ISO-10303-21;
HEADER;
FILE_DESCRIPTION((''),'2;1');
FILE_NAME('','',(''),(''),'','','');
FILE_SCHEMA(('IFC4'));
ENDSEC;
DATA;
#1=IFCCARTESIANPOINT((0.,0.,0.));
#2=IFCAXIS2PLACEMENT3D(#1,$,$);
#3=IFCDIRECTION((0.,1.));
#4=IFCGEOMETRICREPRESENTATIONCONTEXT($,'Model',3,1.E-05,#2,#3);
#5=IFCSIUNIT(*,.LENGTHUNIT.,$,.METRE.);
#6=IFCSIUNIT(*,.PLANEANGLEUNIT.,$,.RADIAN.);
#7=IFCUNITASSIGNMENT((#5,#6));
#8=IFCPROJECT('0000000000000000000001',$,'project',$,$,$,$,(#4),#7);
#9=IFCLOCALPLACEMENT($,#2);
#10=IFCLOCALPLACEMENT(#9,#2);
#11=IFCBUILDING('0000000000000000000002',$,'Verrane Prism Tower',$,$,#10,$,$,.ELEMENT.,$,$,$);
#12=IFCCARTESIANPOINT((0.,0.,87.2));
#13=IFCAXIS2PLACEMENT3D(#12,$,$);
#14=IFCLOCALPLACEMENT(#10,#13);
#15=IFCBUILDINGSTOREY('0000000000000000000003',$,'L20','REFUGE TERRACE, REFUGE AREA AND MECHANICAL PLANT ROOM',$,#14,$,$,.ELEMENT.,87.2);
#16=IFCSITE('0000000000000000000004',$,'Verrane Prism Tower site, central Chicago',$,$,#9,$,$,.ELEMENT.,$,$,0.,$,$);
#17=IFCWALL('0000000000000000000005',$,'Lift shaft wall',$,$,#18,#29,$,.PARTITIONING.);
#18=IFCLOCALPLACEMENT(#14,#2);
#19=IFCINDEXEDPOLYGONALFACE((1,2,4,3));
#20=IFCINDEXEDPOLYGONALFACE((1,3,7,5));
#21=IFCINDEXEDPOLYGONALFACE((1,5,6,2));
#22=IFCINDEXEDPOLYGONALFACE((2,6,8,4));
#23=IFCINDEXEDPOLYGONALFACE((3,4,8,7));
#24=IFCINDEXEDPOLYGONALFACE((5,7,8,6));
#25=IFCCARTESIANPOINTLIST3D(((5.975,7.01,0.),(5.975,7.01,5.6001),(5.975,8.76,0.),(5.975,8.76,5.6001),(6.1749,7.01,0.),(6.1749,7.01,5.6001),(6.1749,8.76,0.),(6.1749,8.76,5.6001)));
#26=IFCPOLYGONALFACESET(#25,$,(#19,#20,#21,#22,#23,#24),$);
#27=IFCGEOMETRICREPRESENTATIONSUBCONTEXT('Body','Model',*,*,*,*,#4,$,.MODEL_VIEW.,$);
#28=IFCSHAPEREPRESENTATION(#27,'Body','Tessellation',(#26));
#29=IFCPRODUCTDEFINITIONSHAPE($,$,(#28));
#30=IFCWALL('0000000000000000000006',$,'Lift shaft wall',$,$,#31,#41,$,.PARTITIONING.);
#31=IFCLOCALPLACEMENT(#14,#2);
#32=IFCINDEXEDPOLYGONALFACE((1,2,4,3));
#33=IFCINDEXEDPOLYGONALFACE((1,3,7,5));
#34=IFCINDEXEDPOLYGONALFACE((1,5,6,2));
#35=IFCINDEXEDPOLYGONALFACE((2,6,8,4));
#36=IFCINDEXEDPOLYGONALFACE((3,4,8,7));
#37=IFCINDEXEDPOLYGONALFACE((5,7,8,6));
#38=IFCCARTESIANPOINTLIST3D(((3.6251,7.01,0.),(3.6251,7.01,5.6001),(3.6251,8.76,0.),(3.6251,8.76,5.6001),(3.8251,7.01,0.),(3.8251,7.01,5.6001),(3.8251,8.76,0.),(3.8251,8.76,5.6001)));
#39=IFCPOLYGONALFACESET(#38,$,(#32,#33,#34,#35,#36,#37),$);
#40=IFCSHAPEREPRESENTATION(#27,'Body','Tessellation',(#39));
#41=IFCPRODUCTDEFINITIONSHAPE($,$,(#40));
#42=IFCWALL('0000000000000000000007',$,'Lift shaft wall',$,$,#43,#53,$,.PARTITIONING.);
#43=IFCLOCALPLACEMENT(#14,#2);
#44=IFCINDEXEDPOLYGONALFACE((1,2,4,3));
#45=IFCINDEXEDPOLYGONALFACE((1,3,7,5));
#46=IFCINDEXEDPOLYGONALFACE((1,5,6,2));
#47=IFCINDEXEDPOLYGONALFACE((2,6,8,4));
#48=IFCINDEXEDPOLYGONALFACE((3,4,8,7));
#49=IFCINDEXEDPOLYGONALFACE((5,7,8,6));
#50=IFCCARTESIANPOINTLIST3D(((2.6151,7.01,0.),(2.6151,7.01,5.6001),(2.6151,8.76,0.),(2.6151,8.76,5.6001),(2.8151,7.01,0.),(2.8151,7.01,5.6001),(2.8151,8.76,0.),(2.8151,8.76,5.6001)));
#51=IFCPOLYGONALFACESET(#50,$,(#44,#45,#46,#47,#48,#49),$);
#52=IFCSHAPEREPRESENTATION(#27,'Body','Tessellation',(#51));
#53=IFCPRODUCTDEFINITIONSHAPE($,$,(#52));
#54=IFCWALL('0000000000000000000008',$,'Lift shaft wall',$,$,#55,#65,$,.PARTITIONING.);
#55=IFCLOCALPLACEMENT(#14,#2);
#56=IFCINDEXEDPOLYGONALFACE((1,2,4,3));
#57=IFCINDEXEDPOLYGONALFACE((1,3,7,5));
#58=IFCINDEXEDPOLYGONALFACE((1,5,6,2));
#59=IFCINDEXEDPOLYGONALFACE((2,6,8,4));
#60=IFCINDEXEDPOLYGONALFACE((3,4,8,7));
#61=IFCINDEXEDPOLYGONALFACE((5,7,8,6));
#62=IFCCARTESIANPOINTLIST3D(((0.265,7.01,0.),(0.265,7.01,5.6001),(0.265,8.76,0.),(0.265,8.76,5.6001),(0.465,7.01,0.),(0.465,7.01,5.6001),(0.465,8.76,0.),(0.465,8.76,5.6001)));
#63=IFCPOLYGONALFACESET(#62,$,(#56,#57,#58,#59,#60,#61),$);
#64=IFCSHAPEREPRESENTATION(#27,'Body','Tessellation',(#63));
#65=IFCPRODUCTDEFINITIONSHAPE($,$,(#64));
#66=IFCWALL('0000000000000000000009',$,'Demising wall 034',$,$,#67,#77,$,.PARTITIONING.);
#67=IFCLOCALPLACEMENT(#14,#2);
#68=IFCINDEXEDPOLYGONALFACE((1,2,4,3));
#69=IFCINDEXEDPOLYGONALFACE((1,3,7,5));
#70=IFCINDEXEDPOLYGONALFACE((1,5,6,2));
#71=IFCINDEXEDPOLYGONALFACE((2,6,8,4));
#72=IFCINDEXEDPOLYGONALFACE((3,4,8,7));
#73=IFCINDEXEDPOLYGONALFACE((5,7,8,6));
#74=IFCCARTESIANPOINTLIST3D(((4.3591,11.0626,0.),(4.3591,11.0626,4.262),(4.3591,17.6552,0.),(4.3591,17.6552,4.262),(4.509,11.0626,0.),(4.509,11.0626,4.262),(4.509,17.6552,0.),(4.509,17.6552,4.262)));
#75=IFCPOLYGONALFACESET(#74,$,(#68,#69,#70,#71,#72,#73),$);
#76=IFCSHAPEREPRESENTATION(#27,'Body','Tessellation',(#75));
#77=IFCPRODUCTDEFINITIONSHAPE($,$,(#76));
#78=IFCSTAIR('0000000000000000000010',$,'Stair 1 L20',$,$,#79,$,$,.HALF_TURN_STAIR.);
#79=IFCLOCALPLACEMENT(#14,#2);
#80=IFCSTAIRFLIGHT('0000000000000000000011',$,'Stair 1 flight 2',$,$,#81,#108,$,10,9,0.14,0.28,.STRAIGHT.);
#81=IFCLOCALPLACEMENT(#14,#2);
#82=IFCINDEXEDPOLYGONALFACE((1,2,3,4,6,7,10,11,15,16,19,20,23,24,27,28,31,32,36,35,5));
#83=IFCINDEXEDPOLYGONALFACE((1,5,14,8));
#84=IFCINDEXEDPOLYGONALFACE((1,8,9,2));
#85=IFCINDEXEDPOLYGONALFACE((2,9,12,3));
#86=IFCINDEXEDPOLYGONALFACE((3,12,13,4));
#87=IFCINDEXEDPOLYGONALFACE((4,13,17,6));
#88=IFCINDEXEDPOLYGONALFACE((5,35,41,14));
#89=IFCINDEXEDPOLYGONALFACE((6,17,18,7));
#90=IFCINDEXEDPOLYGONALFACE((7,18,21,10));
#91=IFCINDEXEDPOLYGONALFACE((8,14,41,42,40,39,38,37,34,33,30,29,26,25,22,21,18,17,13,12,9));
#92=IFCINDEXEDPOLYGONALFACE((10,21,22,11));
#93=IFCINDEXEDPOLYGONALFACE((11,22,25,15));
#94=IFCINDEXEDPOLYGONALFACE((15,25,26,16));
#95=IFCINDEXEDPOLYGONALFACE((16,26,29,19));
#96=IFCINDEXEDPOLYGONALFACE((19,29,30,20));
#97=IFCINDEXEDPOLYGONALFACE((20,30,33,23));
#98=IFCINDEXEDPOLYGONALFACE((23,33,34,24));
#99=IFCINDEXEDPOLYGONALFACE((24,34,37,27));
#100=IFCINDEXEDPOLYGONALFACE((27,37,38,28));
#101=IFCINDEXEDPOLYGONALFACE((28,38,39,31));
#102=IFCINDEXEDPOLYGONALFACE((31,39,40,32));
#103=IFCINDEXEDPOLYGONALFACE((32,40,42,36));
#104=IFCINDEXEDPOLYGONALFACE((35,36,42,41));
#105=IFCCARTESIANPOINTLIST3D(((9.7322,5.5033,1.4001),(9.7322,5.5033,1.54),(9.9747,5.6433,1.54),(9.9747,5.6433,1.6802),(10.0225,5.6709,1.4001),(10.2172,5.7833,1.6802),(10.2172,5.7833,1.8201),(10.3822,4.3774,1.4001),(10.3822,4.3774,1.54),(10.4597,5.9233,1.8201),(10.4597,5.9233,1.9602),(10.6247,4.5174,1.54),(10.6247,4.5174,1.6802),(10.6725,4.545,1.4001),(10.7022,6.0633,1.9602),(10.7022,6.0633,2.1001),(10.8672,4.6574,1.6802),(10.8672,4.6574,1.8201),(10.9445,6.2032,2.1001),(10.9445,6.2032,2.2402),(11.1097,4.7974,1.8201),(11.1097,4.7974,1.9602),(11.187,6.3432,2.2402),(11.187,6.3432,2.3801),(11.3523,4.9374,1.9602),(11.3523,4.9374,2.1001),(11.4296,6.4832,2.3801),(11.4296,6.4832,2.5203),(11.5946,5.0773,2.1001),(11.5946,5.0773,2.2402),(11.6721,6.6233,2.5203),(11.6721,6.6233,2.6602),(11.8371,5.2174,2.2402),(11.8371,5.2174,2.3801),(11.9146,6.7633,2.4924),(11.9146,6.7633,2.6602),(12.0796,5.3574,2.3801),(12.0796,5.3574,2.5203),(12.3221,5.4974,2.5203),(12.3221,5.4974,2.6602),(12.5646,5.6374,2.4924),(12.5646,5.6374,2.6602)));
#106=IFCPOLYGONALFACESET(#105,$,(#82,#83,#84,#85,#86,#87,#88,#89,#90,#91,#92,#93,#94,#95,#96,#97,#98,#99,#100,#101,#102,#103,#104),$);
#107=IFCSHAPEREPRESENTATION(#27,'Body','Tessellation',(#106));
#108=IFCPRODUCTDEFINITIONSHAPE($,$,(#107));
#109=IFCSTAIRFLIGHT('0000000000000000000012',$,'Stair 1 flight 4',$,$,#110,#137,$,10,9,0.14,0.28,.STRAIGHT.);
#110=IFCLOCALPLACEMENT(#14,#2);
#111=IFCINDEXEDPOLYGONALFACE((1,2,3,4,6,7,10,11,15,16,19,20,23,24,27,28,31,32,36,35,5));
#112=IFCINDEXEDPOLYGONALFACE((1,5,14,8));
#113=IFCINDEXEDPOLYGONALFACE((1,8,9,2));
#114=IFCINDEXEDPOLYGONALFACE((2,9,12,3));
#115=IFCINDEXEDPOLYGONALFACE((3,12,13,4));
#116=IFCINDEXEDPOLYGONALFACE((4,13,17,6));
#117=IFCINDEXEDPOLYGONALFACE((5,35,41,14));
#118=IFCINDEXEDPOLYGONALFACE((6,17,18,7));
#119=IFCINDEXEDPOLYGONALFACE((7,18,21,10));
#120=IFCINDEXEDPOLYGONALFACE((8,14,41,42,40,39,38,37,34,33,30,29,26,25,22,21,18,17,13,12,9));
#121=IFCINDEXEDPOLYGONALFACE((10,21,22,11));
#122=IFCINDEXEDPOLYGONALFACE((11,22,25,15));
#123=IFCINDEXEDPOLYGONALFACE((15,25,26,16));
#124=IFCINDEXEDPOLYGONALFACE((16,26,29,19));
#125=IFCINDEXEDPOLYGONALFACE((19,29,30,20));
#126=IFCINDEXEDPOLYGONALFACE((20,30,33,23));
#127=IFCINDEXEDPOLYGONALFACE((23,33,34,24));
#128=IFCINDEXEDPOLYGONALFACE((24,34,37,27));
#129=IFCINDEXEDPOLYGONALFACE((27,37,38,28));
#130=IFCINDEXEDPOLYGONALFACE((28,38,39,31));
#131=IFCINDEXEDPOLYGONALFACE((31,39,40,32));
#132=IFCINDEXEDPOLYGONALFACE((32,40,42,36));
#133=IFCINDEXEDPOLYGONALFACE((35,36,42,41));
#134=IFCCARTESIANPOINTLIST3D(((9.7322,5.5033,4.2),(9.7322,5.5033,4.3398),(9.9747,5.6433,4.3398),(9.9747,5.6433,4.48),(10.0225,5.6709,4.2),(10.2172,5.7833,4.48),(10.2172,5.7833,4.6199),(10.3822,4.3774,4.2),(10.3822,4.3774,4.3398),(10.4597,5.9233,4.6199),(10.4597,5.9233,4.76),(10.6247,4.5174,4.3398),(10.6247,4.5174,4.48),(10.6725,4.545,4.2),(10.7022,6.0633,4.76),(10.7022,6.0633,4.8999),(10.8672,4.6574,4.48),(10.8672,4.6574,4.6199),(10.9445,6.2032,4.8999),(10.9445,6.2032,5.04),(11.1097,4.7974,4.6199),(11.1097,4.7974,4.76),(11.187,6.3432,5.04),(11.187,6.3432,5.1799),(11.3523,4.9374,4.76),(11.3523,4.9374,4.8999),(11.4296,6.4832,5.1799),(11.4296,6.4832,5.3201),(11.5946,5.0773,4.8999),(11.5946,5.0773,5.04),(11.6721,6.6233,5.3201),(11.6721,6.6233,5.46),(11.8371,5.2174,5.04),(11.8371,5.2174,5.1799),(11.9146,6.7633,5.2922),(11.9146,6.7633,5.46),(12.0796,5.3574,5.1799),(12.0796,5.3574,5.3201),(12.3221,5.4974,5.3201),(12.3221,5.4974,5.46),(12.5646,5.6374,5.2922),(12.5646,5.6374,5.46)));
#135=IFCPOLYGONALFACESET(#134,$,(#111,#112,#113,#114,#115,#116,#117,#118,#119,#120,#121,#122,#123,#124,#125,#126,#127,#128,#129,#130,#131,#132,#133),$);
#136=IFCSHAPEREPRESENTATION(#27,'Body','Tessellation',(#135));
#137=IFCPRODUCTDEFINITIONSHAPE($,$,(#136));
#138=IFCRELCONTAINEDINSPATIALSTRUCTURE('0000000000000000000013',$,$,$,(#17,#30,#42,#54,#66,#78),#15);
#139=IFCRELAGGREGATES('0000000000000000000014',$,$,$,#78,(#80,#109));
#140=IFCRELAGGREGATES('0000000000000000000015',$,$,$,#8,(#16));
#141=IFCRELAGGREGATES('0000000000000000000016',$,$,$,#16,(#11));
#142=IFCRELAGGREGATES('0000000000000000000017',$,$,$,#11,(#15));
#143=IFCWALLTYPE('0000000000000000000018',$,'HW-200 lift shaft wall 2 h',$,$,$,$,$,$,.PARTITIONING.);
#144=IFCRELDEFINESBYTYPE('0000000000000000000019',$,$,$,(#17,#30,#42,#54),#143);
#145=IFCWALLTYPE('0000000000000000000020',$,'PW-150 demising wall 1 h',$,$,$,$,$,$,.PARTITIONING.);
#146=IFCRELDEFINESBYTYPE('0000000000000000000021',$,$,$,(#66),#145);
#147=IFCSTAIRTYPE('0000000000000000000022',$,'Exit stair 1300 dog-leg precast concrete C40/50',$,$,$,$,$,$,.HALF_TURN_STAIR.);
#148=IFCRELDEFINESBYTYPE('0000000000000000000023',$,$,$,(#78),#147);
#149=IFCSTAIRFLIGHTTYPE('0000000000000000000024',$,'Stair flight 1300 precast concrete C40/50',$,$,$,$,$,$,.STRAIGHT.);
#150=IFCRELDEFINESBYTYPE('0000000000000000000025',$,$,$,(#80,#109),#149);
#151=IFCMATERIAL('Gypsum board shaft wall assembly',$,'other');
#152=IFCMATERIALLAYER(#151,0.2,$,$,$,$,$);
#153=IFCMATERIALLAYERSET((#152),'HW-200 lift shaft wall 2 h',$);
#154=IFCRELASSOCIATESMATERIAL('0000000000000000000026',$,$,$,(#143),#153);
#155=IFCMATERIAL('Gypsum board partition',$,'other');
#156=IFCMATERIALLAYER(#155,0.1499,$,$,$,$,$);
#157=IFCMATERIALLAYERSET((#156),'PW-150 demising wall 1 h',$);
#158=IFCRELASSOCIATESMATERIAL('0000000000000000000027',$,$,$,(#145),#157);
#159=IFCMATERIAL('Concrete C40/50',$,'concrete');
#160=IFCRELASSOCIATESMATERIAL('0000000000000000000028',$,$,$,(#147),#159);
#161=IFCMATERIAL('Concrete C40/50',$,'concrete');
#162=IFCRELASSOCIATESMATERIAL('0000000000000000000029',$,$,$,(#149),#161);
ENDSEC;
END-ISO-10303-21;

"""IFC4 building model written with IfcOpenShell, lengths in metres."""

from ifc_helpers import new_model, si_unit, direction, frame, frame_2d, origin, place, context, subcontext, project, spatial, polyline, rectangle, outline, extrude, material, layer, layer_set, type_object, element, aggregate, save


model = new_model("IFC4")

# Units and contexts
model_context = context("Model", 3, precision=1e-05, world=origin(), true_north=direction((0.0, 1.0)))
body_context = subcontext(model_context, "Body", "Model", "MODEL_VIEW")
ifc_project = project(units=[si_unit("LENGTHUNIT", "METRE"), si_unit("PLANEANGLEUNIT", "RADIAN")], contexts=[model_context])

# Site, building, storey
site_placement = place(None, origin())
site = spatial("IfcSite", under=ifc_project, at=site_placement, Name="Verrane Prism Tower site, central Chicago", CompositionType="ELEMENT", RefElevation=0.0)
building_placement = place(site_placement, origin())
building = spatial("IfcBuilding", under=site, at=building_placement, Name="Verrane Prism Tower", CompositionType="ELEMENT")
storey_placement = place(building_placement, frame((0.0, 0.0, 87.2)))
storey = spatial("IfcBuildingStorey", under=building, at=storey_placement, Name="L20", Description="REFUGE TERRACE, REFUGE AREA AND MECHANICAL PLANT ROOM", CompositionType="ELEMENT", Elevation=87.2)

# Shared definitions
ifc_material_1 = material(Name="Gypsum board shaft wall assembly", Category="other")
ifc_layer_1 = layer(ifc_material_1, 0.2)
ifc_layer_set_1 = layer_set([ifc_layer_1], Name="HW-200 lift shaft wall 2 h")
wall_type_1 = type_object("IfcWallType", Name="HW-200 lift shaft wall 2 h", PredefinedType="PARTITIONING", material=ifc_layer_set_1)

# Walls
for number, where, z_axis, x_axis, name in (
    (1, (6.075, 7.01, 0.0), (0.0, 0.0, 1.0), (0.0, 1.0, 0.0), "Lift shaft wall"),
    (2, (3.7251, 7.01, 0.0), (0.0, 0.0, 1.0), (0.0, 1.0, 0.0), "Lift shaft wall"),
    (3, (2.7151, 7.01, 0.0), (0.0, 0.0, 1.0), (0.0, 1.0, 0.0), "Lift shaft wall"),
    (4, (0.365, 7.01, 0.0), (0.0, 0.0, 1.0), (0.0, 1.0, 0.0), "Lift shaft wall"),
):
    element("IfcWall", number, at=place(storey_placement, frame(where, z_axis=z_axis, x_axis=x_axis)), inside=storey, type_object=wall_type_1, Name=name, PredefinedType="PARTITIONING", context=body_context, shape_type="SweptSolid", body=[
        extrude(rectangle(XDim=1.75, YDim=0.2, at=frame_2d((0.875, 0.0))), origin(), (0.0, 0.0, 1.0), 5.6001),
    ])
ifc_material_2 = material(Name="Gypsum board partition", Category="other")
ifc_layer_2 = layer(ifc_material_2, 0.1499)
ifc_layer_set_2 = layer_set([ifc_layer_2], Name="PW-150 demising wall 1 h")
wall_type_2 = type_object("IfcWallType", Name="PW-150 demising wall 1 h", PredefinedType="PARTITIONING", material=ifc_layer_set_2)
wall_1_placement = place(storey_placement, frame((4.4341, 11.0625, 0.0), z_axis=(0.0, 0.0, 1.0), x_axis=(0.0, 1.0, 0.0)))
element("IfcWall", 5, at=wall_1_placement, inside=storey, type_object=wall_type_2, Name="Demising wall 034", PredefinedType="PARTITIONING", context=body_context, shape_type="SweptSolid", body=[
    extrude(rectangle(XDim=6.5925, YDim=0.1499, at=frame_2d((3.2964, 0.0))), origin(), (0.0, 0.0, 1.0), 4.262),
])

# Stair, stair flights
ifc_material_3 = material(Name="Concrete C40/50", Category="concrete")
stair_type = type_object("IfcStairType", Name="Exit stair 1300 dog-leg precast concrete C40/50", PredefinedType="HALF_TURN_STAIR", material=ifc_material_3)
stair_placement = place(storey_placement, origin())
stair = element("IfcStair", 6, at=stair_placement, inside=storey, type_object=stair_type, Name="Stair 1 L20", PredefinedType="HALF_TURN_STAIR")
ifc_material_4 = material(Name="Concrete C40/50", Category="concrete")
stair_flight_type = type_object("IfcStairFlightType", Name="Stair flight 1300 precast concrete C40/50", PredefinedType="STRAIGHT", material=ifc_material_4)
stair_flight_1_placement = place(storey_placement, frame((10.0571, 4.9404, 1.4001), z_axis=(0.0, 0.0, 1.0), x_axis=(0.866025, 0.5, 0.0)))
stair_flight_1 = element("IfcStairFlight", 7, at=stair_flight_1_placement, type_object=stair_flight_type, Name="Stair 1 flight 2", NumberOfRisers=10, NumberOfTreads=9, PredefinedType="STRAIGHT", RiserHeight=0.14, TreadLength=0.28, context=body_context, shape_type="SweptSolid", body=[
    extrude(outline(polyline([(0.0, 0.0), (0.0, 0.1399), (0.28, 0.1399), (0.28, 0.28), (0.5601, 0.28), (0.5601, 0.4199), (0.8401, 0.4199), (0.8401, 0.5601), (1.1201, 0.5601), (1.1201, 0.7), (1.3999, 0.7), (1.3999, 0.8401), (1.6799, 0.8401), (1.6799, 0.98), (1.96, 0.98), (1.96, 1.1201), (2.24, 1.1201), (2.24, 1.26), (2.52, 1.26), (2.52, 1.3999), (2.52, 1.0923), (0.3352, 0.0), (0.0, 0.0)])), frame((0.0, 0.6499, 0.0), z_axis=(0.0, -1.0, 0.0), x_axis=(1.0, 0.0, 0.0)), (0.0, 0.0, 1.0), 1.3),
])
stair_flight_2_placement = place(storey_placement, frame((10.0571, 4.9404, 4.2), z_axis=(0.0, 0.0, 1.0), x_axis=(0.866025, 0.5, 0.0)))
stair_flight_2 = element("IfcStairFlight", 8, at=stair_flight_2_placement, type_object=stair_flight_type, Name="Stair 1 flight 4", NumberOfRisers=10, NumberOfTreads=9, PredefinedType="STRAIGHT", RiserHeight=0.14, TreadLength=0.28, context=body_context, shape_type="SweptSolid", body=[
    extrude(outline(polyline([(0.0, 0.0), (0.0, 0.1399), (0.28, 0.1399), (0.28, 0.28), (0.5601, 0.28), (0.5601, 0.4199), (0.8401, 0.4199), (0.8401, 0.5601), (1.1201, 0.5601), (1.1201, 0.7), (1.3999, 0.7), (1.3999, 0.8401), (1.6799, 0.8401), (1.6799, 0.98), (1.96, 0.98), (1.96, 1.1201), (2.24, 1.1201), (2.24, 1.26), (2.52, 1.26), (2.52, 1.3999), (2.52, 1.0923), (0.3352, 0.0), (0.0, 0.0)])), frame((0.0, 0.6499, 0.0), z_axis=(0.0, -1.0, 0.0), x_axis=(1.0, 0.0, 0.0)), (0.0, 0.0, 1.0), 1.3),
])
aggregate(stair, [stair_flight_1, stair_flight_2])

save(model, "model.ifc")
